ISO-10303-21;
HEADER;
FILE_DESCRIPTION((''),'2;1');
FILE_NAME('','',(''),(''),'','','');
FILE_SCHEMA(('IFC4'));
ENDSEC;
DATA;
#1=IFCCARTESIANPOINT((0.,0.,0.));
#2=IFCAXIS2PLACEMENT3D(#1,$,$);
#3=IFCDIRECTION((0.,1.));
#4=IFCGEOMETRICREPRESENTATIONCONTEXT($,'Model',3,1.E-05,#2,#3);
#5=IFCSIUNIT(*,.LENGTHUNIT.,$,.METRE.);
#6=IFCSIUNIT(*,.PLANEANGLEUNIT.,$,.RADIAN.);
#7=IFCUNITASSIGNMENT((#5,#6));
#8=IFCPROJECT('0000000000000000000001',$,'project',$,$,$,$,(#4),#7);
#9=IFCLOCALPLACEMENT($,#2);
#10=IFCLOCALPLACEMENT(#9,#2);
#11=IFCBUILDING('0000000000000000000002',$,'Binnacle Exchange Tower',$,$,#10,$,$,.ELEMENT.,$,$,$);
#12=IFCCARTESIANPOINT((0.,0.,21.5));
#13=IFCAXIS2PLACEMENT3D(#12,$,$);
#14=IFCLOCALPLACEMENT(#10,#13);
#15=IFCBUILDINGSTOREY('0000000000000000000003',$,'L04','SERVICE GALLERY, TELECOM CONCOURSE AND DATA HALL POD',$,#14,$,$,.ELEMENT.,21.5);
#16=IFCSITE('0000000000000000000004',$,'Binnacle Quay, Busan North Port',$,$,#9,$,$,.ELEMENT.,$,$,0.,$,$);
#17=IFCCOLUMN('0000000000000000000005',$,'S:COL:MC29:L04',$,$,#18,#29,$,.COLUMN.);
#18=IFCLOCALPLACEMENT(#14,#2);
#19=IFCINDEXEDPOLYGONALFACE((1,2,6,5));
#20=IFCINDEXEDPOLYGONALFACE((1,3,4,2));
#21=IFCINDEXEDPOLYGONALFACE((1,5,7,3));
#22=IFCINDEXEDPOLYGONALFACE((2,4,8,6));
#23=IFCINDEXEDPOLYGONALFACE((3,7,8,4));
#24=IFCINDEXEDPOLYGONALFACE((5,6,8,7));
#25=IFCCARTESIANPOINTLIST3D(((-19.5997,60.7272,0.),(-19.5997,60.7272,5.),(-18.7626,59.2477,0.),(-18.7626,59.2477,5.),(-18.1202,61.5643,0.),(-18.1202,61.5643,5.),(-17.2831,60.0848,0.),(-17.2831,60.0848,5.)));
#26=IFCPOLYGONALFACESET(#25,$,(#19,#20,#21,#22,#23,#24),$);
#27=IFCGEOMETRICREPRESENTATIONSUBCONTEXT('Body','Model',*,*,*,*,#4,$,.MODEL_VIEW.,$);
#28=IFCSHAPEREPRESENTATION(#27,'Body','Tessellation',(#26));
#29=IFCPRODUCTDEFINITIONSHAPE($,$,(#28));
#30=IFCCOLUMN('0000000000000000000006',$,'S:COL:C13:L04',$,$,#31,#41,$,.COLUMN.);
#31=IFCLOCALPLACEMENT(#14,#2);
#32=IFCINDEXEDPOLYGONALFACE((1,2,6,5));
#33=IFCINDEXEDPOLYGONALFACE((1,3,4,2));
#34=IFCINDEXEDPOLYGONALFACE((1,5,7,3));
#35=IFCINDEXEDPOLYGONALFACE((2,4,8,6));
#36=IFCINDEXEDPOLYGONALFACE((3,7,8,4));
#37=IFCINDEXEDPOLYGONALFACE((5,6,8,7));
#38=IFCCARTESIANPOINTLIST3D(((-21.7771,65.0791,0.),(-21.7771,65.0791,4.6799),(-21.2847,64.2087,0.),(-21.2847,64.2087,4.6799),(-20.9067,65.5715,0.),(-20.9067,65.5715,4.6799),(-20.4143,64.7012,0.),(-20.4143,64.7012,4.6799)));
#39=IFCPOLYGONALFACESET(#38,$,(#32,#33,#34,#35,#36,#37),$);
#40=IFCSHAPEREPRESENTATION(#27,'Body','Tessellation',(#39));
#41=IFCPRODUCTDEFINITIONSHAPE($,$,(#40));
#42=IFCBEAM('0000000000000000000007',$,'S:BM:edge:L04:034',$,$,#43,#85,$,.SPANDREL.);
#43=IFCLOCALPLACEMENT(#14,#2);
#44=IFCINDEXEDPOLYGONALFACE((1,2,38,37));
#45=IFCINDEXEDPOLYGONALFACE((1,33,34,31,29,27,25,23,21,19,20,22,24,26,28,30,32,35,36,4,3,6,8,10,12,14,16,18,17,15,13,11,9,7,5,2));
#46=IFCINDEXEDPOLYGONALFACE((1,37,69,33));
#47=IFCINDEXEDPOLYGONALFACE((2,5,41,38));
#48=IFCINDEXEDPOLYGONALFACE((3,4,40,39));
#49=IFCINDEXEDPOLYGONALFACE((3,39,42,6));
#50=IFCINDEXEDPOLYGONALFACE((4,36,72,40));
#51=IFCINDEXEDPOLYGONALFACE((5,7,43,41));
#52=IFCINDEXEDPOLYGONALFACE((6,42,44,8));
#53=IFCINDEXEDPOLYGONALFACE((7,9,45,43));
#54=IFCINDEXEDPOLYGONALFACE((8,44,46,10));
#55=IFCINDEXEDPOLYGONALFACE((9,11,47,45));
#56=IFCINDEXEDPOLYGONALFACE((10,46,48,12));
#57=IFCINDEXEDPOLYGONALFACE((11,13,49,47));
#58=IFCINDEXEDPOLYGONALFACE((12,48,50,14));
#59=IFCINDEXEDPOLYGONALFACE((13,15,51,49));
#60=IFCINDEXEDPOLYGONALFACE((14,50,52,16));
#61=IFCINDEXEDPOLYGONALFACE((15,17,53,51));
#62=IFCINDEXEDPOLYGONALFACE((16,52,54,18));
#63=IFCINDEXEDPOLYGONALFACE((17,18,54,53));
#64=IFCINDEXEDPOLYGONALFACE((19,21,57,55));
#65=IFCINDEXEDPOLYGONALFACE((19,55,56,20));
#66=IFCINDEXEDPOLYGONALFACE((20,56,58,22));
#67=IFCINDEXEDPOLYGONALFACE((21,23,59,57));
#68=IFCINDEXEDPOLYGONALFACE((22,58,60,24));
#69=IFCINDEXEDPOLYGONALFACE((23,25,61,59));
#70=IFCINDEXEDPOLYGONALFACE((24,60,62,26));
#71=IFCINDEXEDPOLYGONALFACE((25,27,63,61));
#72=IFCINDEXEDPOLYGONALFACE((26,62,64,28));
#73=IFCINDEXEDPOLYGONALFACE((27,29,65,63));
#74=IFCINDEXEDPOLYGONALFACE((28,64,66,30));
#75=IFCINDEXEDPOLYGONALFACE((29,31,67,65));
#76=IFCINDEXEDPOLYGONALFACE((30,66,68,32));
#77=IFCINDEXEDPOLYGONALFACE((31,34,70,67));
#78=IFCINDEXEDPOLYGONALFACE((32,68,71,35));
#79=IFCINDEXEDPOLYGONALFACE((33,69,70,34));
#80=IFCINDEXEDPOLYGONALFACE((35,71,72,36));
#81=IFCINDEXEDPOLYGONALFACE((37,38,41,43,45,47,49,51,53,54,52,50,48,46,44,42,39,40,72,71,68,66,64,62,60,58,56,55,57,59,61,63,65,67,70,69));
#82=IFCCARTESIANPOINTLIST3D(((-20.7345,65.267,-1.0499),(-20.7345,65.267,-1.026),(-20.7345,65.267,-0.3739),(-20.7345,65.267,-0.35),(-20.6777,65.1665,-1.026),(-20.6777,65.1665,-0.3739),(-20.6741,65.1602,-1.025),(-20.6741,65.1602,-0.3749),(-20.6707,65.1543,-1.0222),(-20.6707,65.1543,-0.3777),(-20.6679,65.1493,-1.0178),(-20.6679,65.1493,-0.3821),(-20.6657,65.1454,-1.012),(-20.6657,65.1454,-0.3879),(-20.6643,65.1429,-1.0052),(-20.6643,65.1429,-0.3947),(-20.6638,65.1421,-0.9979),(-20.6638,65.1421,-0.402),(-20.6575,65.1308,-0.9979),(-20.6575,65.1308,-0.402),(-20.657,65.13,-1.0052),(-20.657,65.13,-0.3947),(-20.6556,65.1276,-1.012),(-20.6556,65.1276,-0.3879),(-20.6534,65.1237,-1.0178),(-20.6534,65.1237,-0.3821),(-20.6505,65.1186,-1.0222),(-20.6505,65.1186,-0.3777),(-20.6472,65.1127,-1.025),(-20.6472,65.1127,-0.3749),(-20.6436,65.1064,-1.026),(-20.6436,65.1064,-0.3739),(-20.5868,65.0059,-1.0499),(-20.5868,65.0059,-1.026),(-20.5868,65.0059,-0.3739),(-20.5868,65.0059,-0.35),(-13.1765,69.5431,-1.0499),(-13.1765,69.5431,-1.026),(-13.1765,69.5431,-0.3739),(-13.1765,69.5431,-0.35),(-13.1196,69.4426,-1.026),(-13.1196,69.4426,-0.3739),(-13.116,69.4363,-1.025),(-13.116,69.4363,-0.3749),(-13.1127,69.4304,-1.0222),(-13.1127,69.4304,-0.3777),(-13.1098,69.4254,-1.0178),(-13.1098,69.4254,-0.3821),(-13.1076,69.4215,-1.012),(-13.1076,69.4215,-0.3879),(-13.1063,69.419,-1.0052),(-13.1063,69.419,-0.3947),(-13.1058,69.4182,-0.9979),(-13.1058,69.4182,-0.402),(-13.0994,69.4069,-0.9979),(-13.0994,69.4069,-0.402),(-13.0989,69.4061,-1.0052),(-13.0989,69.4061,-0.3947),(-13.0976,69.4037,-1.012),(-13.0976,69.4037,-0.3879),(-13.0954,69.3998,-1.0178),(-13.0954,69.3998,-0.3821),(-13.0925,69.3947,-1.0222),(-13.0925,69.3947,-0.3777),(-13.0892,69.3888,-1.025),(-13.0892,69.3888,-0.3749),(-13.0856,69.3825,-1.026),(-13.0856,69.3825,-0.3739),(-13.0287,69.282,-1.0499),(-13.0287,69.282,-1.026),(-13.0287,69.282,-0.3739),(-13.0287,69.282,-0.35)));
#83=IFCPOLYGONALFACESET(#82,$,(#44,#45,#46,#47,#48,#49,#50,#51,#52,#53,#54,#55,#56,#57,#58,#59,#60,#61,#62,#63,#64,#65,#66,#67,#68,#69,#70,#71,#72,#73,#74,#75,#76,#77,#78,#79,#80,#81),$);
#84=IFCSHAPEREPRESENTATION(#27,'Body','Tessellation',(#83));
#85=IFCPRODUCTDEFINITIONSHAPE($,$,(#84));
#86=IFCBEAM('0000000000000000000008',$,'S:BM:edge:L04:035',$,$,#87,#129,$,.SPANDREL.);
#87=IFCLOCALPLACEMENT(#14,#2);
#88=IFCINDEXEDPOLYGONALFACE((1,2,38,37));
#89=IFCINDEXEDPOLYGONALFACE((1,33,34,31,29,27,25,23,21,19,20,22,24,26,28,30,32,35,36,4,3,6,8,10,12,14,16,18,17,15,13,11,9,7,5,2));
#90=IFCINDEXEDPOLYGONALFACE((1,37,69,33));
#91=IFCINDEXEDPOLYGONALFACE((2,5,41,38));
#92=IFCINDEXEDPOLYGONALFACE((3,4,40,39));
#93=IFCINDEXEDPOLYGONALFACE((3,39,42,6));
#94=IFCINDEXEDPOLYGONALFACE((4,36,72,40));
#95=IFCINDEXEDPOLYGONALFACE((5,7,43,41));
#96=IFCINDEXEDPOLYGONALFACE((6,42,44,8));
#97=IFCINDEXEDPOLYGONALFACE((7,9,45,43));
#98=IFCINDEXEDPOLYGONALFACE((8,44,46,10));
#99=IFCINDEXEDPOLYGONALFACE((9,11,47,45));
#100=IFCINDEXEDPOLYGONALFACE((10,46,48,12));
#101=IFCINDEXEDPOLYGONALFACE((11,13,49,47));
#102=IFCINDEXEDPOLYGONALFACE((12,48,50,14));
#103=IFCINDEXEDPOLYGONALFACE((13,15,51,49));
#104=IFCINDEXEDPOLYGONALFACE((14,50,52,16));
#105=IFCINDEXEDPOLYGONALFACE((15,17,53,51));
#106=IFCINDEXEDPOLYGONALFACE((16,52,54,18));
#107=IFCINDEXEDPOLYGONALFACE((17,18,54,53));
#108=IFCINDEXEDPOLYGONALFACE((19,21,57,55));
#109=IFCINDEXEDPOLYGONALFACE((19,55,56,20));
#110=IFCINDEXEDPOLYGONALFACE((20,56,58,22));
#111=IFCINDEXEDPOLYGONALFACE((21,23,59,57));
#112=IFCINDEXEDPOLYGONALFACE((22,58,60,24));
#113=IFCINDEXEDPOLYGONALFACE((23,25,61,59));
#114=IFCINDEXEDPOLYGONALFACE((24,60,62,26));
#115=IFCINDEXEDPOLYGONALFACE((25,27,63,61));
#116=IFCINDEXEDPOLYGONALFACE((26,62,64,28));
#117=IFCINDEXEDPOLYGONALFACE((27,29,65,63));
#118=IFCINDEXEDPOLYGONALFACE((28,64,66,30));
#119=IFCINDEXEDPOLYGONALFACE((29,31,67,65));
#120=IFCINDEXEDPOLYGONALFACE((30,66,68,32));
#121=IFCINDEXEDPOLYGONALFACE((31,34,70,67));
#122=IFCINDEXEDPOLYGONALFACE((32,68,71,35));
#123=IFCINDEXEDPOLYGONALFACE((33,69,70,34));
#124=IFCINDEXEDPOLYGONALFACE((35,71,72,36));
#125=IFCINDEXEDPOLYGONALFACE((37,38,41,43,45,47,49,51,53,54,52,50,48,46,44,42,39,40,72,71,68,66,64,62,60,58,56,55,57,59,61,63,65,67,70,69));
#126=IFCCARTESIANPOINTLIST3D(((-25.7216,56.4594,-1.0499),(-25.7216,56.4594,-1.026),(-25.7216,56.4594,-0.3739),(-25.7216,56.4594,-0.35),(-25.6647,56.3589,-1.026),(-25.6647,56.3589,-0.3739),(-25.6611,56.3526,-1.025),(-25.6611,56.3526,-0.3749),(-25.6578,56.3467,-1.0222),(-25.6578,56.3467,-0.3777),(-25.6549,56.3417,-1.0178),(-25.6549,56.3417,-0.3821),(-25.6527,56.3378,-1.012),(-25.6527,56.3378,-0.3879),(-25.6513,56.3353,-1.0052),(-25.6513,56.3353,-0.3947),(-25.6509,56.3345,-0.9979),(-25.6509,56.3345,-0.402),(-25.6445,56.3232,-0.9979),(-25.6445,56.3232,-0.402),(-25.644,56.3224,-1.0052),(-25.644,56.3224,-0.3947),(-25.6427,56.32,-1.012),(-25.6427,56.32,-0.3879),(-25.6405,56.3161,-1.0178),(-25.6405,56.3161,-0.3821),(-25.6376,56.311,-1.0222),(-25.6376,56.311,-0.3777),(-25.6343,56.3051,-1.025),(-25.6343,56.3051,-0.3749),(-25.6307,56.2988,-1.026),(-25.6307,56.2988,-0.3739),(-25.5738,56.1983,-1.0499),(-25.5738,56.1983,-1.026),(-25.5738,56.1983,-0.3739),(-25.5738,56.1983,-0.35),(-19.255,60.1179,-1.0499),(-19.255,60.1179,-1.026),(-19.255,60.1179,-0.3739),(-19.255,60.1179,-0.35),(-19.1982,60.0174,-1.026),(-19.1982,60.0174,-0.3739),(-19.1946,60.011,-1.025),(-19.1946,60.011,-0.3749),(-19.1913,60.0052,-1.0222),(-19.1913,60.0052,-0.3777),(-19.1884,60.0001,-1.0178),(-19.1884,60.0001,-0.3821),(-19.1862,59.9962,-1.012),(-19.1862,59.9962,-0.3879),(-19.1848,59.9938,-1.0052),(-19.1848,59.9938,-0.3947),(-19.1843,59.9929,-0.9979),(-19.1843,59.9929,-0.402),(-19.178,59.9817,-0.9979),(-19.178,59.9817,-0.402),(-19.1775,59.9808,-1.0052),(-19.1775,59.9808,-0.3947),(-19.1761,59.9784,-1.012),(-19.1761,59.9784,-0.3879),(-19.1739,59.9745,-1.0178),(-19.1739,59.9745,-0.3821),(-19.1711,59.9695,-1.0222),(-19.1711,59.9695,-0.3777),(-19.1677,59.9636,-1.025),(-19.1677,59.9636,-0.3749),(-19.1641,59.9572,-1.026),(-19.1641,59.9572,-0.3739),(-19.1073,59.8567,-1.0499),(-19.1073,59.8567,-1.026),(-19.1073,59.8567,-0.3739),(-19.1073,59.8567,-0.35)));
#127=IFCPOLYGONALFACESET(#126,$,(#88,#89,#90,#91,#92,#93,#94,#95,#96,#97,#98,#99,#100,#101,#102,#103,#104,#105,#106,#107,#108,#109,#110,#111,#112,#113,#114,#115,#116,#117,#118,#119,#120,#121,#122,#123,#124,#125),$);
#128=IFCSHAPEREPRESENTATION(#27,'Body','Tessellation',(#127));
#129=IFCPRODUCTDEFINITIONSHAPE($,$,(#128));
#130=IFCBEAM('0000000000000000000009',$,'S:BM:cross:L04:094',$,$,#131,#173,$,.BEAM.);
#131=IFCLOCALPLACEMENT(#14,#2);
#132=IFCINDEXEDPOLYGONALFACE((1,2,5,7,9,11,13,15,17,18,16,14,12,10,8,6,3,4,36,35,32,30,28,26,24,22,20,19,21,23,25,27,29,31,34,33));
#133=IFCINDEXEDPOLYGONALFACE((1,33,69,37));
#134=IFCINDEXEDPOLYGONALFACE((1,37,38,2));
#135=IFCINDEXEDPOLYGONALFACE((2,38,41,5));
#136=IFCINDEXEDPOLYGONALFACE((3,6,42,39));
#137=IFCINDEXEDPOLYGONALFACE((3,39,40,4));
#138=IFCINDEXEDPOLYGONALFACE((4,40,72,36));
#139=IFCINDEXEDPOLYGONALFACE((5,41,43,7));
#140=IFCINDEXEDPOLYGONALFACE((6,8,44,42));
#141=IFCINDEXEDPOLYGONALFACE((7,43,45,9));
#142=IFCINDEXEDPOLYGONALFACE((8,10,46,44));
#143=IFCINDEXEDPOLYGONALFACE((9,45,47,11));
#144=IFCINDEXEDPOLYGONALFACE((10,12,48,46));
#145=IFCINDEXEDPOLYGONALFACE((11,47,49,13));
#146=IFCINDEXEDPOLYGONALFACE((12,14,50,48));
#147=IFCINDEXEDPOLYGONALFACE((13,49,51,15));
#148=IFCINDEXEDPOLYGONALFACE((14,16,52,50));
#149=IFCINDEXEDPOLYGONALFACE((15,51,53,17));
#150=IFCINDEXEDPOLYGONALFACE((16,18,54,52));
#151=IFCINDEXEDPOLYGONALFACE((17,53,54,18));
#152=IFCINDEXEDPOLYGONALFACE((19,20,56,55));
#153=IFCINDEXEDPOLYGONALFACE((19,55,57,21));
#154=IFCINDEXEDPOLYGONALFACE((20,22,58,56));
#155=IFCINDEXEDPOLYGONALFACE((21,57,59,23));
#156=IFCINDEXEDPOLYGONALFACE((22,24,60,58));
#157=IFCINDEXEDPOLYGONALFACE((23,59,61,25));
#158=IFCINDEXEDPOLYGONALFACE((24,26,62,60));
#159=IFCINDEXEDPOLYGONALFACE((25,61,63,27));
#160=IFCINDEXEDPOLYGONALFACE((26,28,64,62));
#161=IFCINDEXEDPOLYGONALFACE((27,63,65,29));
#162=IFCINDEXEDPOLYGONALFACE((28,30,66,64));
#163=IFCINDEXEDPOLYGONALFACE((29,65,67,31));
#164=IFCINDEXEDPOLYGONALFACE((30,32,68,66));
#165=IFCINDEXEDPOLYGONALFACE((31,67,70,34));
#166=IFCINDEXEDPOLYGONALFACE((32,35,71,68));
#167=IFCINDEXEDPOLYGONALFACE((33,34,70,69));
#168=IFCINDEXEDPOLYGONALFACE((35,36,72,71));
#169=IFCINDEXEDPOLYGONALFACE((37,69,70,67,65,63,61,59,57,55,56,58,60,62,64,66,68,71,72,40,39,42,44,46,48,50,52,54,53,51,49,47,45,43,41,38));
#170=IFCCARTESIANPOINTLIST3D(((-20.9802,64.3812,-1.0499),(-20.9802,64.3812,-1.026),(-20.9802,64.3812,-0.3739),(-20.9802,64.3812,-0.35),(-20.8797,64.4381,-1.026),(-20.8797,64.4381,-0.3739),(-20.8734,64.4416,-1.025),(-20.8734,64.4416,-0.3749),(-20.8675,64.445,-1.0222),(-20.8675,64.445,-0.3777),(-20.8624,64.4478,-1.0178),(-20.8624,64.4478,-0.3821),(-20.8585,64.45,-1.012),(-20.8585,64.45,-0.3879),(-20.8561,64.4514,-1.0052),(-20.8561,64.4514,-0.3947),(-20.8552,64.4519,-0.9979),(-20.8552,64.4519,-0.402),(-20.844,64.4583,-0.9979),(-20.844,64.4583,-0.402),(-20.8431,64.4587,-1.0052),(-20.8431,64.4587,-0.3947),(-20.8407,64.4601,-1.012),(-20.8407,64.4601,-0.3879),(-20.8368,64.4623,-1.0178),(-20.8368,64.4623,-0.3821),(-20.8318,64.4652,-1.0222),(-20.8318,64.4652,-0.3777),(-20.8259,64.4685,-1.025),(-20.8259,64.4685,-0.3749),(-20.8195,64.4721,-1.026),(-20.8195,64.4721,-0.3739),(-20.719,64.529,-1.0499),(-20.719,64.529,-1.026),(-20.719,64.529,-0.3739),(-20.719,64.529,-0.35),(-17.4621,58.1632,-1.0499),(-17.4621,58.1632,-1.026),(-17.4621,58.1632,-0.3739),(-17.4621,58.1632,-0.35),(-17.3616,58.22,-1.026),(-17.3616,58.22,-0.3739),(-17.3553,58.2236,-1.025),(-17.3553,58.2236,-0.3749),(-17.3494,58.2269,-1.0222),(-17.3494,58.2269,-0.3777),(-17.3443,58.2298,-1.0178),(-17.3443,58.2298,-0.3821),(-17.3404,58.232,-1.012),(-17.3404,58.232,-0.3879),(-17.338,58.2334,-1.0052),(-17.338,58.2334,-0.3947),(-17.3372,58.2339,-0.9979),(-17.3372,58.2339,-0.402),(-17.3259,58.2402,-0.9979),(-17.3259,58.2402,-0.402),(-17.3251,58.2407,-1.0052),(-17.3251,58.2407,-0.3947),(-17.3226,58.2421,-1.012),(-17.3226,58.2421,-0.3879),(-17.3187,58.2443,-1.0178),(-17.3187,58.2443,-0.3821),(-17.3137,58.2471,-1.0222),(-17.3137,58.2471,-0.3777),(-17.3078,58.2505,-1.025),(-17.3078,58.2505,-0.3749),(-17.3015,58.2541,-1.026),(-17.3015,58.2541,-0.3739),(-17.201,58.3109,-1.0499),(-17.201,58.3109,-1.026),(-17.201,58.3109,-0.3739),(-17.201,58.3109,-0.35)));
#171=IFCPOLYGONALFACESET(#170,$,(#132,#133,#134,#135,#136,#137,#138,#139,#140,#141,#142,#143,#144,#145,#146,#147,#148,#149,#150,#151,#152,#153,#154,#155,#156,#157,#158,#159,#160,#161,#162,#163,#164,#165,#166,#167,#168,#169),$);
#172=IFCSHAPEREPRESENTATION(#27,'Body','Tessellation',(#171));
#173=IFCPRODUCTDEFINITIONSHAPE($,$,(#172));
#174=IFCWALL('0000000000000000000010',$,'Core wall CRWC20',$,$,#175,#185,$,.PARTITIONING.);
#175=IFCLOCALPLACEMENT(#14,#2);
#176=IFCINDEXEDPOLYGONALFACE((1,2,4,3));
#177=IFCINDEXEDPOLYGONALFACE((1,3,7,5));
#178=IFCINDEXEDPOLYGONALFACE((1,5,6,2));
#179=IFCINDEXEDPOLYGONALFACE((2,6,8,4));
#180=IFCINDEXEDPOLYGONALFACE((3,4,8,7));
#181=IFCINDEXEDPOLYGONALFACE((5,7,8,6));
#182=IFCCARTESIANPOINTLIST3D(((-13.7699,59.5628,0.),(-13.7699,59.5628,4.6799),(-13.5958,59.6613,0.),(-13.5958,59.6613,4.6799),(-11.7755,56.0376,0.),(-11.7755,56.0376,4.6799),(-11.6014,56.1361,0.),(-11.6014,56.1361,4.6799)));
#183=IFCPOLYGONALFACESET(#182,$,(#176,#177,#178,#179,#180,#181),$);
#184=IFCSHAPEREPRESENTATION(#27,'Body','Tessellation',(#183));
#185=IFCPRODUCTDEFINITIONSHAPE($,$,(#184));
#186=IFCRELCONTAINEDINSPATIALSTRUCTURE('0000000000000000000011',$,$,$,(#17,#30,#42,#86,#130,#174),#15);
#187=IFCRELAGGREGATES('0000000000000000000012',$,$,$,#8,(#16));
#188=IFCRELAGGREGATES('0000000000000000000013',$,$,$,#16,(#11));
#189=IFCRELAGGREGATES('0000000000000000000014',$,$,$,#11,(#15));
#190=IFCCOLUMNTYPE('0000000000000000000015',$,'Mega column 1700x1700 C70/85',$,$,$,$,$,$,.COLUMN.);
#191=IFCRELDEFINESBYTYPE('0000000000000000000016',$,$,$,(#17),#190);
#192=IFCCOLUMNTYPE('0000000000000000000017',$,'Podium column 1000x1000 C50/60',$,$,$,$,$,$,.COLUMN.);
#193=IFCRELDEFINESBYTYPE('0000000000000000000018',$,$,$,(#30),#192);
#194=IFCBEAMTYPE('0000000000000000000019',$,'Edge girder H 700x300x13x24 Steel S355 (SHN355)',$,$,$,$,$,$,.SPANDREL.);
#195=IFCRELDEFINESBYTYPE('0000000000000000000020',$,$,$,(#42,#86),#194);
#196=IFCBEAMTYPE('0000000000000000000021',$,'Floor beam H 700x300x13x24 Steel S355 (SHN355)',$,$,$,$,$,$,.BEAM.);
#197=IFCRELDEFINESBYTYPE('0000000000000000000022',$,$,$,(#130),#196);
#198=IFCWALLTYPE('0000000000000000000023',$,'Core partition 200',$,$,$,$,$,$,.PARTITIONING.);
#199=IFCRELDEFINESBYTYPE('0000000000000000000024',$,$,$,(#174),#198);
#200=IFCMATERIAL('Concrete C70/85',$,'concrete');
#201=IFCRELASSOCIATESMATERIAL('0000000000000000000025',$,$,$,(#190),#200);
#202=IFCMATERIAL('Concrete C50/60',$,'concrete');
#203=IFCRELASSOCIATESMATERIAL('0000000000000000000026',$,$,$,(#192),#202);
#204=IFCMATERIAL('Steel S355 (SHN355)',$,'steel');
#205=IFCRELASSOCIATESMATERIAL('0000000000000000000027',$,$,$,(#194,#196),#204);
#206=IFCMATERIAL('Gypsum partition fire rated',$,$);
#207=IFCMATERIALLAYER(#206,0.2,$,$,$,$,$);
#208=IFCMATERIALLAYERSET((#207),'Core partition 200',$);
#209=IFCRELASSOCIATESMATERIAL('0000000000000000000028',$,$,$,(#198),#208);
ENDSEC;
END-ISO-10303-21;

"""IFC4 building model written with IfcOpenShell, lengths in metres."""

from ifc_helpers import new_model, si_unit, direction, frame, frame_2d, origin, origin_2d, place, context, subcontext, project, spatial, rectangle, i_section, extrude, material, layer, layer_set, material_profile, profile_set, type_object, element, save


model = new_model("IFC4")

# Units and contexts
model_context = context("Model", 3, precision=1e-05, world=origin(), true_north=direction((0.0, 1.0)))
body_context = subcontext(model_context, "Body", "Model", "MODEL_VIEW")
ifc_project = project(units=[si_unit("LENGTHUNIT", "METRE"), si_unit("PLANEANGLEUNIT", "RADIAN")], contexts=[model_context])

# Site, building, storey
site_placement = place(None, origin())
site = spatial("IfcSite", under=ifc_project, at=site_placement, Name="Binnacle Quay, Busan North Port", CompositionType="ELEMENT", RefElevation=0.0)
building_placement = place(site_placement, origin())
building = spatial("IfcBuilding", under=site, at=building_placement, Name="Binnacle Exchange Tower", CompositionType="ELEMENT")
storey_placement = place(building_placement, frame((0.0, 0.0, 21.5)))
storey = spatial("IfcBuildingStorey", under=building, at=storey_placement, Name="L04", Description="SERVICE GALLERY, TELECOM CONCOURSE AND DATA HALL POD", CompositionType="ELEMENT", Elevation=21.5)

# Columns
ifc_material_1 = material(Name="Concrete C70/85", Category="concrete")
ifc_material_profile_1 = material_profile(ifc_material_1, rectangle(XDim=1.7, YDim=1.7, at=origin_2d()), Name="Mega column 1700x1700 C70/85")
ifc_profile_set_1 = profile_set([ifc_material_profile_1], Name="Concrete C70/85")
column_type_1 = type_object("IfcColumnType", Name="Mega column 1700x1700 C70/85", PredefinedType="COLUMN", material=ifc_profile_set_1)
column_1_placement = place(storey_placement, frame((-18.4414, 60.406, 0.0), z_axis=(0.0, 0.0, 1.0), x_axis=(-0.870356, -0.492424, 0.0)))
element("IfcColumn", 1, at=column_1_placement, inside=storey, type_object=column_type_1, Name="S:COL:MC29:L04", PredefinedType="COLUMN", context=body_context, shape_type="SweptSolid", body=[
    extrude(rectangle(XDim=1.7, YDim=1.7, at=origin_2d()), origin(), (0.0, 0.0, 1.0), 5.0),
])
ifc_material_2 = material(Name="Concrete C50/60", Category="concrete")
ifc_material_profile_2 = material_profile(ifc_material_2, rectangle(XDim=1.0, YDim=1.0, at=origin_2d()), Name="Podium column 1000x1000 C50/60")
ifc_profile_set_2 = profile_set([ifc_material_profile_2], Name="Concrete C50/60")
column_type_2 = type_object("IfcColumnType", Name="Podium column 1000x1000 C50/60", PredefinedType="COLUMN", material=ifc_profile_set_2)
column_2_placement = place(storey_placement, frame((-21.0957, 64.8901, 0.0), z_axis=(0.0, 0.0, 1.0), x_axis=(-0.870356, -0.492424, 0.0)))
element("IfcColumn", 2, at=column_2_placement, inside=storey, type_object=column_type_2, Name="S:COL:C13:L04", PredefinedType="COLUMN", context=body_context, shape_type="SweptSolid", body=[
    extrude(rectangle(XDim=1.0, YDim=1.0, at=origin_2d()), origin(), (0.0, 0.0, 1.0), 4.6799),
])

# Beams
ifc_material_3 = material(Name="Steel S355 (SHN355)", Category="steel")
ifc_material_profile_3 = material_profile(ifc_material_3, i_section(OverallWidth=0.3, OverallDepth=0.7, WebThickness=0.0129, FlangeThickness=0.0239, FilletRadius=0.0281, at=origin_2d()), Name="H 700x300x13x24")
ifc_profile_set_3 = profile_set([ifc_material_profile_3], Name="Steel S355 (SHN355)")
beam_type_1 = type_object("IfcBeamType", Name="Edge girder H 700x300x13x24 Steel S355 (SHN355)", PredefinedType="SPANDREL", material=ifc_profile_set_3)
beam_1_placement = place(storey_placement, frame((-20.6606, 65.1365, -0.7), z_axis=(0.870358, 0.492419, 0.0), x_axis=(-0.492419, 0.870358, 0.0)))
element("IfcBeam", 3, at=beam_1_placement, inside=storey, type_object=beam_type_1, Name="S:BM:edge:L04:034", PredefinedType="SPANDREL", context=body_context, shape_type="SweptSolid", body=[
    extrude(i_section(OverallWidth=0.3, OverallDepth=0.7, WebThickness=0.0129, FlangeThickness=0.0239, FilletRadius=0.0281, at=origin_2d()), origin(), (0.0, 0.0, 1.0), 8.6838),
])
beam_2_placement = place(storey_placement, frame((-19.1812, 59.9873, -0.7), z_axis=(-0.870364, -0.492408, 0.0), x_axis=(0.492408, -0.870364, 0.0)))
element("IfcBeam", 4, at=beam_2_placement, inside=storey, type_object=beam_type_1, Name="S:BM:edge:L04:035", PredefinedType="SPANDREL", context=body_context, shape_type="SweptSolid", body=[
    extrude(i_section(OverallWidth=0.3, OverallDepth=0.7, WebThickness=0.0129, FlangeThickness=0.0239, FilletRadius=0.0281, at=origin_2d()), origin(), (0.0, 0.0, 1.0), 7.4297),
])
ifc_material_profile_4 = material_profile(ifc_material_3, i_section(OverallWidth=0.3, OverallDepth=0.7, WebThickness=0.0129, FlangeThickness=0.0239, FilletRadius=0.0281, at=origin_2d()), Name="H 700x300x13x24")
ifc_profile_set_4 = profile_set([ifc_material_profile_4], Name="Steel S355 (SHN355)")
beam_type_2 = type_object("IfcBeamType", Name="Floor beam H 700x300x13x24 Steel S355 (SHN355)", PredefinedType="BEAM", material=ifc_profile_set_4)
beam_3_placement = place(storey_placement, frame((-20.8496, 64.4551, -0.7), z_axis=(0.492432, -0.870351, 0.0), x_axis=(0.870351, 0.492432, 0.0)))
element("IfcBeam", 5, at=beam_3_placement, inside=storey, type_object=beam_type_2, Name="S:BM:cross:L04:094", PredefinedType="BEAM", context=body_context, shape_type="SweptSolid", body=[
    extrude(i_section(OverallWidth=0.3, OverallDepth=0.7, WebThickness=0.0129, FlangeThickness=0.0239, FilletRadius=0.0281, at=origin_2d()), origin(), (0.0, 0.0, 1.0), 7.1443),
])

# Wall
ifc_material_4 = material(Name="Gypsum partition fire rated")
ifc_layer_1 = layer(ifc_material_4, 0.2)
ifc_layer_set_1 = layer_set([ifc_layer_1], Name="Core partition 200")
wall_type_1 = type_object("IfcWallType", Name="Core partition 200", PredefinedType="PARTITIONING", material=ifc_layer_set_1)
wall_1_placement = place(storey_placement, frame((-13.6829, 59.6121, 0.0), z_axis=(0.0, 0.0, 1.0), x_axis=(0.492415, -0.870361, 0.0)))
element("IfcWall", 6, at=wall_1_placement, inside=storey, type_object=wall_type_1, Name="Core wall CRWC20", PredefinedType="PARTITIONING", context=body_context, shape_type="SweptSolid", body=[
    extrude(rectangle(XDim=4.0503, YDim=0.2, at=frame_2d((2.0251, 0.0))), origin(), (0.0, 0.0, 1.0), 4.6799),
])

save(model, "model.ifc")
